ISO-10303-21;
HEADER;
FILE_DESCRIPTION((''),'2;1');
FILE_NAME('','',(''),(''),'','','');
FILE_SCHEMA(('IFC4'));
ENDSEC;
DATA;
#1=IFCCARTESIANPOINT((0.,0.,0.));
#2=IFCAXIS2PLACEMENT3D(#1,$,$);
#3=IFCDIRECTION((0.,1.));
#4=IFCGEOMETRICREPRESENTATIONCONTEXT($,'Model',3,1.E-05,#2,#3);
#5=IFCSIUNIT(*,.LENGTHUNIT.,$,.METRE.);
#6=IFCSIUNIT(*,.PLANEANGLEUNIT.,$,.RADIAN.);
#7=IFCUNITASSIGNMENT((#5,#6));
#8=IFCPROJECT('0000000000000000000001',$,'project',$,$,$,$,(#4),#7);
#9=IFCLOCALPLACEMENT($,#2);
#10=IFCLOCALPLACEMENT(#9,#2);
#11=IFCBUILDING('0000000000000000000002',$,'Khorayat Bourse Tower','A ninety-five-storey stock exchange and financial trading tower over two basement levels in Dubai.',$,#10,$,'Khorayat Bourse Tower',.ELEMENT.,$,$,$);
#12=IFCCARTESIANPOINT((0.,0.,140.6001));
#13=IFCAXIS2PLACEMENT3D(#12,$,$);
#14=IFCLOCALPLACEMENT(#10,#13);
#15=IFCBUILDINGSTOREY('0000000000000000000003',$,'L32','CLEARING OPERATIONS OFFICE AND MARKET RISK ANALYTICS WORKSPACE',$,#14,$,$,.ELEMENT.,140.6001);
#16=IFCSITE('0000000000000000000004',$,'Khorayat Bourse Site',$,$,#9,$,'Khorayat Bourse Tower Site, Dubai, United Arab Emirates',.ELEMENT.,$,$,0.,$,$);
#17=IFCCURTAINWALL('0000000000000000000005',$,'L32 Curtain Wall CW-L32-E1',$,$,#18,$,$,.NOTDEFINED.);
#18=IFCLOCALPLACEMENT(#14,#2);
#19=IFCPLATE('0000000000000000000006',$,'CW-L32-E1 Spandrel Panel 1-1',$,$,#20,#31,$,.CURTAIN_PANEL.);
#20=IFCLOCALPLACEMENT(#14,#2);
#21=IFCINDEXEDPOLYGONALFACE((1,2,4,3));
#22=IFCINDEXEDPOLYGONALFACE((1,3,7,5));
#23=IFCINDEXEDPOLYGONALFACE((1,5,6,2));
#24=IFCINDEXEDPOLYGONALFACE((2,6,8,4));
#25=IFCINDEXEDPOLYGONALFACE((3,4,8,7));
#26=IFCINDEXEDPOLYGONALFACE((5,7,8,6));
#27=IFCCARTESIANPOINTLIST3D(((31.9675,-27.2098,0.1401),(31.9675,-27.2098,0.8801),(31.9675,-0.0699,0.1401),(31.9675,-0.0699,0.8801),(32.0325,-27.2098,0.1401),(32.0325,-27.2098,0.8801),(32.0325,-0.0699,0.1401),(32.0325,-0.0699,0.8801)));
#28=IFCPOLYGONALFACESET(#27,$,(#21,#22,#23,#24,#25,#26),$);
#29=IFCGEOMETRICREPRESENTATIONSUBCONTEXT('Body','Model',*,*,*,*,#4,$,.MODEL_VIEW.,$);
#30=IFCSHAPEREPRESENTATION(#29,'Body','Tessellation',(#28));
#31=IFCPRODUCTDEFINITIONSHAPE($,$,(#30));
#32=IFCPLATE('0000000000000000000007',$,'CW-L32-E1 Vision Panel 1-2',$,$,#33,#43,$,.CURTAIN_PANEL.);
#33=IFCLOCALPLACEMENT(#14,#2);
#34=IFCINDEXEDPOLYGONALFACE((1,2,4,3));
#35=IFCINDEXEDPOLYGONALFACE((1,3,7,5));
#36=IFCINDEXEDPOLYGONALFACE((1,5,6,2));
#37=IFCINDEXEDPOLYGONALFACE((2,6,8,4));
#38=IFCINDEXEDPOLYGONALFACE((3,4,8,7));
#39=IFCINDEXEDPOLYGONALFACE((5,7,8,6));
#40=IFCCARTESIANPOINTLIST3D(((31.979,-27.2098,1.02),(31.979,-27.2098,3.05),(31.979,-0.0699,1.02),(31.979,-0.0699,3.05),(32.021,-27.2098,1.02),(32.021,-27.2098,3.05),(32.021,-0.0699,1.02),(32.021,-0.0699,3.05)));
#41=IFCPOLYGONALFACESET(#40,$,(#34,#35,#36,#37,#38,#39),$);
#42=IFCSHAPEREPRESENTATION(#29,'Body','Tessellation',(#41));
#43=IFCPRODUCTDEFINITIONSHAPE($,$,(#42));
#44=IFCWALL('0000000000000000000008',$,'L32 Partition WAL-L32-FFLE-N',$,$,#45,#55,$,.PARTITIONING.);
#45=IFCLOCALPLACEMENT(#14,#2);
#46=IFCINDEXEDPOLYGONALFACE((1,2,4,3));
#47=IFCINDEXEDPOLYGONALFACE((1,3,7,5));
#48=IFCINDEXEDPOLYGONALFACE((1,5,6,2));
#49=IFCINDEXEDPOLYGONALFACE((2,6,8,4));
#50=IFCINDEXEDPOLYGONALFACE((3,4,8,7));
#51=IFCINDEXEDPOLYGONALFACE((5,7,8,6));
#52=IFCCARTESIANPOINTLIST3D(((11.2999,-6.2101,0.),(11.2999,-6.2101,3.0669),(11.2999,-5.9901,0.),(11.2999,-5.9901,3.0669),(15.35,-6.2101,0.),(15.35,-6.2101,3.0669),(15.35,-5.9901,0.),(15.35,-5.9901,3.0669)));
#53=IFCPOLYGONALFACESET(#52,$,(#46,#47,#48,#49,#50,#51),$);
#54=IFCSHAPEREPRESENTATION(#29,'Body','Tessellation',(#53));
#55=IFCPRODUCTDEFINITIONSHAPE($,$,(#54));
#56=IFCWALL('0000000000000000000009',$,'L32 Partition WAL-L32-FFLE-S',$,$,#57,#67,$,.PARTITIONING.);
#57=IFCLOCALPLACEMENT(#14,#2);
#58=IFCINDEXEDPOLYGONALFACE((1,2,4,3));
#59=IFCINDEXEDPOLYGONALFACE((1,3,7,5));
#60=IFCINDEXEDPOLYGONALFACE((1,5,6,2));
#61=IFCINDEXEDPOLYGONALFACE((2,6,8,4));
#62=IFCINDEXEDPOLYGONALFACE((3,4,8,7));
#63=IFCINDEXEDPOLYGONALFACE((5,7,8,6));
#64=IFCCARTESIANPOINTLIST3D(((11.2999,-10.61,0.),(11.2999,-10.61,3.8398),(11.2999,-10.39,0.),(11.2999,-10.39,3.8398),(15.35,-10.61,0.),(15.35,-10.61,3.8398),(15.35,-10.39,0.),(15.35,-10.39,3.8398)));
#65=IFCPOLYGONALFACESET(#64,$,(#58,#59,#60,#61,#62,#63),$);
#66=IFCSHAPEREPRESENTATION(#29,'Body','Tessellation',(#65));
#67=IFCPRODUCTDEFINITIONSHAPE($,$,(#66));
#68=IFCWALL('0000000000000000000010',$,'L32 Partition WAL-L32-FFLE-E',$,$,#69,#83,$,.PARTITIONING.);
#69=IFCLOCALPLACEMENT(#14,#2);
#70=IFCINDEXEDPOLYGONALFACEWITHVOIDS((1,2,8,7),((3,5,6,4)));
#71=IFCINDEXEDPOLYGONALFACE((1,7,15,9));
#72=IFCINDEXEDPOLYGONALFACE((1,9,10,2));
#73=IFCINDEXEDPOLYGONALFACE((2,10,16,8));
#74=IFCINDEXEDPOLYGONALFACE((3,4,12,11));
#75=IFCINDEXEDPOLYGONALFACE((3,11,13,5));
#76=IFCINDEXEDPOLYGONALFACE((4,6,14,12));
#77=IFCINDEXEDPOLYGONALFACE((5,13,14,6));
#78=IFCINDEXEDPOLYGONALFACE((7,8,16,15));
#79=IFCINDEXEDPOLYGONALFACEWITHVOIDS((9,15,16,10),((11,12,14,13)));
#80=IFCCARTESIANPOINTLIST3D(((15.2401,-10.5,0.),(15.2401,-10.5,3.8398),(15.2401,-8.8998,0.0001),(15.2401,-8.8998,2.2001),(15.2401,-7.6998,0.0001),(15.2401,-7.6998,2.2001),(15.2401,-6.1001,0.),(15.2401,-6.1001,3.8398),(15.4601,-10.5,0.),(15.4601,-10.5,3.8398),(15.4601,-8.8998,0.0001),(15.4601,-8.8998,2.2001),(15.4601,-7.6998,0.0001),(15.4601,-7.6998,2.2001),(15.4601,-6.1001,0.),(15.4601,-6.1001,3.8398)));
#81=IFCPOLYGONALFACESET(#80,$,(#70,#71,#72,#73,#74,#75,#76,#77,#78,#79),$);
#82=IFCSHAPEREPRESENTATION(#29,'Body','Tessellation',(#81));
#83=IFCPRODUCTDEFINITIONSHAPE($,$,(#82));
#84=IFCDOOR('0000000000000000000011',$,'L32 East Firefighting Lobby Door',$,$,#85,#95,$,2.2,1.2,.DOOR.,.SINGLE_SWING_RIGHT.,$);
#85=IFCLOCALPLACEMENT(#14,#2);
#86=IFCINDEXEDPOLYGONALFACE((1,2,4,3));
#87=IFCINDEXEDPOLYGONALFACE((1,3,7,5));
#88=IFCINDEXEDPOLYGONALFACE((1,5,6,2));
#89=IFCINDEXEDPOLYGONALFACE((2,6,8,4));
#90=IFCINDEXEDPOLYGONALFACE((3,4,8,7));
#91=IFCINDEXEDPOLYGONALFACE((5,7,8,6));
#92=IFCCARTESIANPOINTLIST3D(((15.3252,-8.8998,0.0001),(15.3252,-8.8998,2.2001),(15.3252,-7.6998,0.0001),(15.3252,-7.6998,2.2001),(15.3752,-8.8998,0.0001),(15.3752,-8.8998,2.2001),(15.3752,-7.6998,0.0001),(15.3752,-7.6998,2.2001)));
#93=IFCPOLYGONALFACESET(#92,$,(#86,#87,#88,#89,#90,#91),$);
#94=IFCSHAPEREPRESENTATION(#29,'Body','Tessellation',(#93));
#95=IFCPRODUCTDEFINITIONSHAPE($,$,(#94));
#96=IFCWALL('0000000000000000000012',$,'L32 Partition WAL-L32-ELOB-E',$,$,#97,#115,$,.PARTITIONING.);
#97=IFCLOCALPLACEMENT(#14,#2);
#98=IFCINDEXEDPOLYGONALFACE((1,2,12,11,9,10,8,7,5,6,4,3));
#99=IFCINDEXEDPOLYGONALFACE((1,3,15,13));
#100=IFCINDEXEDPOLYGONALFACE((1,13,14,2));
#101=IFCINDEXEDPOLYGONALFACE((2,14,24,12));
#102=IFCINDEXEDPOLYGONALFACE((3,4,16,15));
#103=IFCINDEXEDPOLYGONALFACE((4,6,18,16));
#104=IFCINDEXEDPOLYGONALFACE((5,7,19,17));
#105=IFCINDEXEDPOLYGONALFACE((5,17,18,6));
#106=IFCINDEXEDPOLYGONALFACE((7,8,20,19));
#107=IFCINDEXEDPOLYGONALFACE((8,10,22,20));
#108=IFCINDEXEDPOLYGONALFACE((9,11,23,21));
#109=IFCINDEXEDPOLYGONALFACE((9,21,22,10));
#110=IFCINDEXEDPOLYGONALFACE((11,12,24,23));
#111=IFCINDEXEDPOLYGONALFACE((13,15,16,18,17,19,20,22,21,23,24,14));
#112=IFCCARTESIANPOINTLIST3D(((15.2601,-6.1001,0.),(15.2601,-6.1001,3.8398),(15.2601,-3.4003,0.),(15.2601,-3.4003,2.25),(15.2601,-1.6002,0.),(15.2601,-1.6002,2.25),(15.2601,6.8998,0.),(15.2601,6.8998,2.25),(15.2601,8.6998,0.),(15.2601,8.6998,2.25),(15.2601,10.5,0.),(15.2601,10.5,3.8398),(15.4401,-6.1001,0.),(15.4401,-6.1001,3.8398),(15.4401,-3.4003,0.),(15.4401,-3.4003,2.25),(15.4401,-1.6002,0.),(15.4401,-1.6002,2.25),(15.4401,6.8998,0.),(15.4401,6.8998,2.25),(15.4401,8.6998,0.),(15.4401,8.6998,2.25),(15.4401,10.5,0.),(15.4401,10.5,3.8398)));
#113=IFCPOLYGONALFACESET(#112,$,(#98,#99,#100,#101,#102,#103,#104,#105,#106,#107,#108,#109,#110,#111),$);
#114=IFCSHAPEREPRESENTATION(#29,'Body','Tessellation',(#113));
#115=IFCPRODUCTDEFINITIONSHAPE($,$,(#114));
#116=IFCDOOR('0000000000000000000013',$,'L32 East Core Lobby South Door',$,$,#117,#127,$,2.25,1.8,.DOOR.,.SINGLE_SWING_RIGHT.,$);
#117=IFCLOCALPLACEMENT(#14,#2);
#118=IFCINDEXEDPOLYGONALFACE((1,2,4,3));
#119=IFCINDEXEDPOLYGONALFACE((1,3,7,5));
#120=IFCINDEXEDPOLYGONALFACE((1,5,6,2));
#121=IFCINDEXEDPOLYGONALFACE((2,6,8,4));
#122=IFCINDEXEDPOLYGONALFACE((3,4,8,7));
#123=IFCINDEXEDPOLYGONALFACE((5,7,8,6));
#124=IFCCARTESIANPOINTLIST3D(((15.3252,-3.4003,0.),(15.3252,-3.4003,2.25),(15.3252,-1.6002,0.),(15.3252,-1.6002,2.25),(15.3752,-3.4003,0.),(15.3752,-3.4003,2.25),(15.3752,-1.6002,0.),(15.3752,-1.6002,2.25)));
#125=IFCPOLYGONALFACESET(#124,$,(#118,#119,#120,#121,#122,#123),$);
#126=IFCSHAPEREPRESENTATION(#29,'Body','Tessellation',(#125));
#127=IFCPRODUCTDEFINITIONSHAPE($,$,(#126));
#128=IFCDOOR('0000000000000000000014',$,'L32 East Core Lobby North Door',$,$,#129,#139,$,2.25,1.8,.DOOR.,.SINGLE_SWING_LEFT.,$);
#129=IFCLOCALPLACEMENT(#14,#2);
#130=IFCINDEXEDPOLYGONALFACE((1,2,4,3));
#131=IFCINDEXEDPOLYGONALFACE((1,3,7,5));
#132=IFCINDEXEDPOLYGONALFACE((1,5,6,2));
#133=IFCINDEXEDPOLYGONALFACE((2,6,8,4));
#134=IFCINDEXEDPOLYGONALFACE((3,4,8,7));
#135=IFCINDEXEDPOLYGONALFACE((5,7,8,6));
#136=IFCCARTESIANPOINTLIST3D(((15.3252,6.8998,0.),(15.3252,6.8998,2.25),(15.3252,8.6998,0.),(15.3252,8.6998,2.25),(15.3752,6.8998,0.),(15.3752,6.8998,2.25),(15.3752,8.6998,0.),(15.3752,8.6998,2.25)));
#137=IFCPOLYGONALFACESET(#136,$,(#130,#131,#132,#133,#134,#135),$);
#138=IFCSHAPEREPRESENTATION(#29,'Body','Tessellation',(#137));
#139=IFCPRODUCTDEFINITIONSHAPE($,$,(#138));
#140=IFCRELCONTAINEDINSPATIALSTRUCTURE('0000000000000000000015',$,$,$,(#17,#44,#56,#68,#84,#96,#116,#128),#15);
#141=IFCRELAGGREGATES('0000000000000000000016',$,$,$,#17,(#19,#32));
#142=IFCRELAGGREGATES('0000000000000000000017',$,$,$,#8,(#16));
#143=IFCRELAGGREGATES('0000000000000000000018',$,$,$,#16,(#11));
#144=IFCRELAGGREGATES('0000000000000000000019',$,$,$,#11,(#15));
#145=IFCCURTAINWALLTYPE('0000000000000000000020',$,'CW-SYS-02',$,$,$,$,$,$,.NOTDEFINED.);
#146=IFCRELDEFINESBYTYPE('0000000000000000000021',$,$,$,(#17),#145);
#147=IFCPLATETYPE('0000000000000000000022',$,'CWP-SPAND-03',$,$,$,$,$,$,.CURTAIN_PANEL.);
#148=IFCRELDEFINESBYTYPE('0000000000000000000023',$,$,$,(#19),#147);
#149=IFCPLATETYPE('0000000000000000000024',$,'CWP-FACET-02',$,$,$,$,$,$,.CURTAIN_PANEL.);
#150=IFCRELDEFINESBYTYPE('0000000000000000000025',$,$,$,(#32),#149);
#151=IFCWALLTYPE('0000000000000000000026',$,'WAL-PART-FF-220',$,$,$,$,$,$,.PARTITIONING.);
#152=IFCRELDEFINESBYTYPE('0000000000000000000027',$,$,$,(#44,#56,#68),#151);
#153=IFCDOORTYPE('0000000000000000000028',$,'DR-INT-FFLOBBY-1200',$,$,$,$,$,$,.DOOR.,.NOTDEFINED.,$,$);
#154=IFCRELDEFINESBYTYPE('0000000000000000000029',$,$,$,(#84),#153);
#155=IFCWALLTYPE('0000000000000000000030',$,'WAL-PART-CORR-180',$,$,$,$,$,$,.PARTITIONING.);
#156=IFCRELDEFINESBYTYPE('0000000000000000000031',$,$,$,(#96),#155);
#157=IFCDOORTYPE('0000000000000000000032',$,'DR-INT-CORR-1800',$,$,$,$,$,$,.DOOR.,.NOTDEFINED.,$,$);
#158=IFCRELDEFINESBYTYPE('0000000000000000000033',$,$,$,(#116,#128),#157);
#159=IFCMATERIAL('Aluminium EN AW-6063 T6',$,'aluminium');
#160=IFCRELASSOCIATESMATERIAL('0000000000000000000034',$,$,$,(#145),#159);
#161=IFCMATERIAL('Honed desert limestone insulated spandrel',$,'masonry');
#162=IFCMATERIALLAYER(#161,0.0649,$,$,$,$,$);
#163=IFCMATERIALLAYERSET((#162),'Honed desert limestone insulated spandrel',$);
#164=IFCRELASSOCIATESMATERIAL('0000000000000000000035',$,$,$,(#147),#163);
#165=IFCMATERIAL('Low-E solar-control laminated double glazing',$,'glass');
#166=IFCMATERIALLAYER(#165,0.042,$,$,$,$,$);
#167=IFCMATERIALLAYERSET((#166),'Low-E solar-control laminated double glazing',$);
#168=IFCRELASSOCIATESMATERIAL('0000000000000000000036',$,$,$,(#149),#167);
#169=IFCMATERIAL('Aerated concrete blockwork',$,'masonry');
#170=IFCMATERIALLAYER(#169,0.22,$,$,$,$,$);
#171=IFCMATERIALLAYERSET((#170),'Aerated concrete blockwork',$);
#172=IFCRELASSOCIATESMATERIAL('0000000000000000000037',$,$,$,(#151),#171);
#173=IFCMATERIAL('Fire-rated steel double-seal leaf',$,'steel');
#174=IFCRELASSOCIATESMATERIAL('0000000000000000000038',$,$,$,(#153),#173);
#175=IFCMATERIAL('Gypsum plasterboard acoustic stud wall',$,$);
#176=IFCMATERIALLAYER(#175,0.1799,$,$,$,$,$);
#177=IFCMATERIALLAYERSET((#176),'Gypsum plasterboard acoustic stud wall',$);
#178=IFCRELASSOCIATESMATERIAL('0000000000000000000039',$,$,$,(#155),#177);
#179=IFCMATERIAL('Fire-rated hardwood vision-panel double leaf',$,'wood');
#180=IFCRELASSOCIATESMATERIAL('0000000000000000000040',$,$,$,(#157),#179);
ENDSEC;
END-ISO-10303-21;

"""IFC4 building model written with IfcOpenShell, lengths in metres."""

from ifc_helpers import new_model, si_unit, direction, frame, frame_2d, origin, origin_2d, place, context, subcontext, project, spatial, rectangle, extrude, source, transform, mapped, material, layer, layer_set, type_object, element, fill, aggregate, save


model = new_model("IFC4")

# Units and contexts
model_context = context("Model", 3, precision=1e-05, world=origin(), true_north=direction((0.0, 1.0)))
body_context = subcontext(model_context, "Body", "Model", "MODEL_VIEW")
ifc_project = project(units=[si_unit("LENGTHUNIT", "METRE"), si_unit("PLANEANGLEUNIT", "RADIAN")], contexts=[model_context])

# Site, building, storey
site_placement = place(None, origin())
site = spatial("IfcSite", under=ifc_project, at=site_placement, Name="Khorayat Bourse Site", LongName="Khorayat Bourse Tower Site, Dubai, United Arab Emirates", CompositionType="ELEMENT", RefElevation=0.0)
building_placement = place(site_placement, origin())
building = spatial("IfcBuilding", under=site, at=building_placement, Name="Khorayat Bourse Tower", Description="A ninety-five-storey stock exchange and financial trading tower over two basement levels in Dubai.", LongName="Khorayat Bourse Tower", CompositionType="ELEMENT")
storey_placement = place(building_placement, frame((0.0, 0.0, 140.6001)))
storey = spatial("IfcBuildingStorey", under=building, at=storey_placement, Name="L32", Description="CLEARING OPERATIONS OFFICE AND MARKET RISK ANALYTICS WORKSPACE", CompositionType="ELEMENT", Elevation=140.6001)

# Curtain wall
ifc_material_1 = material(Name="Aluminium EN AW-6063 T6", Category="aluminium")
curtain_wall_type = type_object("IfcCurtainWallType", Name="CW-SYS-02", PredefinedType="NOTDEFINED", material=ifc_material_1)
curtain_wall_placement = place(storey_placement, origin())
curtain_wall = element("IfcCurtainWall", 1, at=curtain_wall_placement, inside=storey, type_object=curtain_wall_type, Name="L32 Curtain Wall CW-L32-E1", PredefinedType="NOTDEFINED")

# Plates
ifc_material_2 = material(Name="Honed desert limestone insulated spandrel", Category="masonry")
ifc_layer_1 = layer(ifc_material_2, 0.0649)
ifc_layer_set_1 = layer_set([ifc_layer_1], Name="Honed desert limestone insulated spandrel")
plate_type_1 = type_object("IfcPlateType", Name="CWP-SPAND-03", PredefinedType="CURTAIN_PANEL", material=ifc_layer_set_1)
shared_shape_1 = source(origin(), body_context, "Body", "SweptSolid", [
    extrude(rectangle(XDim=27.1399, YDim=0.0649, at=origin_2d()), origin(), (0.0, 0.0, 1.0), 0.74),
])
plate_1_placement = place(storey_placement, frame((32.0, -13.6399, 0.1401), z_axis=(0.0, 0.0, 1.0), x_axis=(0.0, 1.0, 0.0)))
plate_1 = element("IfcPlate", 2, at=plate_1_placement, type_object=plate_type_1, Name="CW-L32-E1 Spandrel Panel 1-1", PredefinedType="CURTAIN_PANEL", context=body_context, shape_type="MappedRepresentation", body=[
    mapped(shared_shape_1, transform((0.0, 0.0, 0.0), scale=1.0)),
])
ifc_material_3 = material(Name="Low-E solar-control laminated double glazing", Category="glass")
ifc_layer_2 = layer(ifc_material_3, 0.042)
ifc_layer_set_2 = layer_set([ifc_layer_2], Name="Low-E solar-control laminated double glazing")
plate_type_2 = type_object("IfcPlateType", Name="CWP-FACET-02", PredefinedType="CURTAIN_PANEL", material=ifc_layer_set_2)
shared_shape_2 = source(origin(), body_context, "Body", "SweptSolid", [
    extrude(rectangle(XDim=27.1399, YDim=0.042, at=origin_2d()), origin(), (0.0, 0.0, 1.0), 2.03),
])
plate_2_placement = place(storey_placement, frame((32.0, -13.6399, 1.02), z_axis=(0.0, 0.0, 1.0), x_axis=(0.0, 1.0, 0.0)))
plate_2 = element("IfcPlate", 3, at=plate_2_placement, type_object=plate_type_2, Name="CW-L32-E1 Vision Panel 1-2", PredefinedType="CURTAIN_PANEL", context=body_context, shape_type="MappedRepresentation", body=[
    mapped(shared_shape_2, transform((0.0, 0.0, 0.0), scale=1.0)),
])
aggregate(curtain_wall, [plate_1, plate_2])

# Walls
ifc_material_4 = material(Name="Aerated concrete blockwork", Category="masonry")
ifc_layer_3 = layer(ifc_material_4, 0.22)
ifc_layer_set_3 = layer_set([ifc_layer_3], Name="Aerated concrete blockwork")
wall_type_1 = type_object("IfcWallType", Name="WAL-PART-FF-220", PredefinedType="PARTITIONING", material=ifc_layer_set_3)
shared_shape_3 = source(origin(), body_context, "Body", "SweptSolid", [
    extrude(rectangle(XDim=4.05, YDim=0.22, at=frame_2d((2.0249, 0.0))), origin(), (0.0, 0.0, 1.0), 3.0669),
])
wall_1_placement = place(storey_placement, frame((11.3, -6.1001, 0.0), z_axis=(0.0, 0.0, 1.0), x_axis=(1.0, 0.0, 0.0)))
element("IfcWall", 4, at=wall_1_placement, inside=storey, type_object=wall_type_1, Name="L32 Partition WAL-L32-FFLE-N", PredefinedType="PARTITIONING", context=body_context, shape_type="MappedRepresentation", body=[
    mapped(shared_shape_3, transform((0.0, 0.0, 0.0), scale=1.0)),
])
shared_shape_4 = source(origin(), body_context, "Body", "SweptSolid", [
    extrude(rectangle(XDim=4.05, YDim=0.22, at=frame_2d((2.0249, 0.0))), origin(), (0.0, 0.0, 1.0), 3.8398),
])
wall_2_placement = place(storey_placement, frame((11.3, -10.5, 0.0), z_axis=(0.0, 0.0, 1.0), x_axis=(1.0, 0.0, 0.0)))
element("IfcWall", 5, at=wall_2_placement, inside=storey, type_object=wall_type_1, Name="L32 Partition WAL-L32-FFLE-S", PredefinedType="PARTITIONING", context=body_context, shape_type="MappedRepresentation", body=[
    mapped(shared_shape_4, transform((0.0, 0.0, 0.0), scale=1.0)),
])

# Wall, opening, door
shared_shape_5 = source(origin(), body_context, "Body", "SweptSolid", [
    extrude(rectangle(XDim=4.3999, YDim=0.22, at=frame_2d((2.2, 0.0))), origin(), (0.0, 0.0, 1.0), 3.8398),
])
wall_3_placement = place(storey_placement, frame((15.3501, -10.5, 0.0), z_axis=(0.0, 0.0, 1.0), x_axis=(0.0, 1.0, 0.0)))
wall_3 = element("IfcWall", 6, at=wall_3_placement, inside=storey, type_object=wall_type_1, Name="L32 Partition WAL-L32-FFLE-E", PredefinedType="PARTITIONING", context=body_context, shape_type="MappedRepresentation", body=[
    mapped(shared_shape_5, transform((0.0, 0.0, 0.0), scale=1.0)),
])
shared_shape_6 = source(origin(), body_context, "Body", "SweptSolid", [
    extrude(rectangle(XDim=1.2, YDim=2.2, at=frame_2d((0.6001, 1.1001))), frame((0.0, 0.1199, 0.0), z_axis=(0.0, -1.0, 0.0), x_axis=(1.0, 0.0, 0.0)), (0.0, 0.0, 1.0), 0.24),
])
opening_1_placement = place(wall_3_placement, frame((1.6001, 0.0, 0.0)))
opening_1 = element("IfcOpeningElement", 7, at=opening_1_placement, cuts=wall_3, PredefinedType="OPENING", context=body_context, shape_type="MappedRepresentation", body=[
    mapped(shared_shape_6, transform((0.0, 0.0, 0.0), scale=1.0)),
])
ifc_material_5 = material(Name="Fire-rated steel double-seal leaf", Category="steel")
door_type_1 = type_object("IfcDoorType", Name="DR-INT-FFLOBBY-1200", OperationType="NOTDEFINED", PredefinedType="DOOR", material=ifc_material_5)
shared_shape_7 = source(origin(), body_context, "Body", "SweptSolid", [
    extrude(rectangle(XDim=1.2, YDim=2.2, at=frame_2d((0.6001, 1.1001))), frame((0.0, 0.0249, 0.0), z_axis=(0.0, -1.0, 0.0), x_axis=(1.0, 0.0, 0.0)), (0.0, 0.0, 1.0), 0.05),
])
door_1_placement = place(opening_1_placement, origin())
door_1 = element("IfcDoor", 8, at=door_1_placement, inside=storey, type_object=door_type_1, Name="L32 East Firefighting Lobby Door", OperationType="SINGLE_SWING_RIGHT", OverallHeight=2.2, OverallWidth=1.2, PredefinedType="DOOR", context=body_context, shape_type="MappedRepresentation", body=[
    mapped(shared_shape_7, transform((0.0, 0.0, 0.0), scale=1.0)),
])
fill(opening_1, door_1)

# Wall, openings, doors
ifc_material_6 = material(Name="Gypsum plasterboard acoustic stud wall")
ifc_layer_4 = layer(ifc_material_6, 0.1799)
ifc_layer_set_4 = layer_set([ifc_layer_4], Name="Gypsum plasterboard acoustic stud wall")
wall_type_2 = type_object("IfcWallType", Name="WAL-PART-CORR-180", PredefinedType="PARTITIONING", material=ifc_layer_set_4)
shared_shape_8 = source(origin(), body_context, "Body", "SweptSolid", [
    extrude(rectangle(XDim=16.6001, YDim=0.1799, at=frame_2d((8.3, 0.0))), origin(), (0.0, 0.0, 1.0), 3.8398),
])
wall_4_placement = place(storey_placement, frame((15.3501, -6.1001, 0.0), z_axis=(0.0, 0.0, 1.0), x_axis=(0.0, 1.0, 0.0)))
wall_4 = element("IfcWall", 9, at=wall_4_placement, inside=storey, type_object=wall_type_2, Name="L32 Partition WAL-L32-ELOB-E", PredefinedType="PARTITIONING", context=body_context, shape_type="MappedRepresentation", body=[
    mapped(shared_shape_8, transform((0.0, 0.0, 0.0), scale=1.0)),
])
shared_shape_9 = source(origin(), body_context, "Body", "SweptSolid", [
    extrude(rectangle(XDim=1.8, YDim=2.25, at=frame_2d((0.8999, 1.125))), frame((0.0, 0.0999, 0.0), z_axis=(0.0, -1.0, 0.0), x_axis=(1.0, 0.0, 0.0)), (0.0, 0.0, 1.0), 0.2),
])
opening_2_placement = place(wall_4_placement, frame((2.7, 0.0, 0.0)))
opening_2 = element("IfcOpeningElement", 10, at=opening_2_placement, cuts=wall_4, PredefinedType="OPENING", context=body_context, shape_type="MappedRepresentation", body=[
    mapped(shared_shape_9, transform((0.0, 0.0, 0.0), scale=1.0)),
])
opening_3_placement = place(wall_4_placement, frame((13.0, 0.0, 0.0)))
opening_3 = element("IfcOpeningElement", 11, at=opening_3_placement, cuts=wall_4, PredefinedType="OPENING", context=body_context, shape_type="MappedRepresentation", body=[
    mapped(shared_shape_9, transform((0.0, 0.0, 0.0), scale=1.0)),
])
ifc_material_7 = material(Name="Fire-rated hardwood vision-panel double leaf", Category="wood")
door_type_2 = type_object("IfcDoorType", Name="DR-INT-CORR-1800", OperationType="NOTDEFINED", PredefinedType="DOOR", material=ifc_material_7)
shared_shape_10 = source(origin(), body_context, "Body", "SweptSolid", [
    extrude(rectangle(XDim=1.8, YDim=2.25, at=frame_2d((0.8999, 1.125))), frame((0.0, 0.0249, 0.0), z_axis=(0.0, -1.0, 0.0), x_axis=(1.0, 0.0, 0.0)), (0.0, 0.0, 1.0), 0.05),
])
door_2_placement = place(opening_2_placement, origin())
door_2 = element("IfcDoor", 12, at=door_2_placement, inside=storey, type_object=door_type_2, Name="L32 East Core Lobby South Door", OperationType="SINGLE_SWING_RIGHT", OverallHeight=2.25, OverallWidth=1.8, PredefinedType="DOOR", context=body_context, shape_type="MappedRepresentation", body=[
    mapped(shared_shape_10, transform((0.0, 0.0, 0.0), scale=1.0)),
])
fill(opening_2, door_2)
door_3_placement = place(opening_3_placement, origin())
door_3 = element("IfcDoor", 13, at=door_3_placement, inside=storey, type_object=door_type_2, Name="L32 East Core Lobby North Door", OperationType="SINGLE_SWING_LEFT", OverallHeight=2.25, OverallWidth=1.8, PredefinedType="DOOR", context=body_context, shape_type="MappedRepresentation", body=[
    mapped(shared_shape_10, transform((0.0, 0.0, 0.0), scale=1.0)),
])
fill(opening_3, door_3)

save(model, "model.ifc")
